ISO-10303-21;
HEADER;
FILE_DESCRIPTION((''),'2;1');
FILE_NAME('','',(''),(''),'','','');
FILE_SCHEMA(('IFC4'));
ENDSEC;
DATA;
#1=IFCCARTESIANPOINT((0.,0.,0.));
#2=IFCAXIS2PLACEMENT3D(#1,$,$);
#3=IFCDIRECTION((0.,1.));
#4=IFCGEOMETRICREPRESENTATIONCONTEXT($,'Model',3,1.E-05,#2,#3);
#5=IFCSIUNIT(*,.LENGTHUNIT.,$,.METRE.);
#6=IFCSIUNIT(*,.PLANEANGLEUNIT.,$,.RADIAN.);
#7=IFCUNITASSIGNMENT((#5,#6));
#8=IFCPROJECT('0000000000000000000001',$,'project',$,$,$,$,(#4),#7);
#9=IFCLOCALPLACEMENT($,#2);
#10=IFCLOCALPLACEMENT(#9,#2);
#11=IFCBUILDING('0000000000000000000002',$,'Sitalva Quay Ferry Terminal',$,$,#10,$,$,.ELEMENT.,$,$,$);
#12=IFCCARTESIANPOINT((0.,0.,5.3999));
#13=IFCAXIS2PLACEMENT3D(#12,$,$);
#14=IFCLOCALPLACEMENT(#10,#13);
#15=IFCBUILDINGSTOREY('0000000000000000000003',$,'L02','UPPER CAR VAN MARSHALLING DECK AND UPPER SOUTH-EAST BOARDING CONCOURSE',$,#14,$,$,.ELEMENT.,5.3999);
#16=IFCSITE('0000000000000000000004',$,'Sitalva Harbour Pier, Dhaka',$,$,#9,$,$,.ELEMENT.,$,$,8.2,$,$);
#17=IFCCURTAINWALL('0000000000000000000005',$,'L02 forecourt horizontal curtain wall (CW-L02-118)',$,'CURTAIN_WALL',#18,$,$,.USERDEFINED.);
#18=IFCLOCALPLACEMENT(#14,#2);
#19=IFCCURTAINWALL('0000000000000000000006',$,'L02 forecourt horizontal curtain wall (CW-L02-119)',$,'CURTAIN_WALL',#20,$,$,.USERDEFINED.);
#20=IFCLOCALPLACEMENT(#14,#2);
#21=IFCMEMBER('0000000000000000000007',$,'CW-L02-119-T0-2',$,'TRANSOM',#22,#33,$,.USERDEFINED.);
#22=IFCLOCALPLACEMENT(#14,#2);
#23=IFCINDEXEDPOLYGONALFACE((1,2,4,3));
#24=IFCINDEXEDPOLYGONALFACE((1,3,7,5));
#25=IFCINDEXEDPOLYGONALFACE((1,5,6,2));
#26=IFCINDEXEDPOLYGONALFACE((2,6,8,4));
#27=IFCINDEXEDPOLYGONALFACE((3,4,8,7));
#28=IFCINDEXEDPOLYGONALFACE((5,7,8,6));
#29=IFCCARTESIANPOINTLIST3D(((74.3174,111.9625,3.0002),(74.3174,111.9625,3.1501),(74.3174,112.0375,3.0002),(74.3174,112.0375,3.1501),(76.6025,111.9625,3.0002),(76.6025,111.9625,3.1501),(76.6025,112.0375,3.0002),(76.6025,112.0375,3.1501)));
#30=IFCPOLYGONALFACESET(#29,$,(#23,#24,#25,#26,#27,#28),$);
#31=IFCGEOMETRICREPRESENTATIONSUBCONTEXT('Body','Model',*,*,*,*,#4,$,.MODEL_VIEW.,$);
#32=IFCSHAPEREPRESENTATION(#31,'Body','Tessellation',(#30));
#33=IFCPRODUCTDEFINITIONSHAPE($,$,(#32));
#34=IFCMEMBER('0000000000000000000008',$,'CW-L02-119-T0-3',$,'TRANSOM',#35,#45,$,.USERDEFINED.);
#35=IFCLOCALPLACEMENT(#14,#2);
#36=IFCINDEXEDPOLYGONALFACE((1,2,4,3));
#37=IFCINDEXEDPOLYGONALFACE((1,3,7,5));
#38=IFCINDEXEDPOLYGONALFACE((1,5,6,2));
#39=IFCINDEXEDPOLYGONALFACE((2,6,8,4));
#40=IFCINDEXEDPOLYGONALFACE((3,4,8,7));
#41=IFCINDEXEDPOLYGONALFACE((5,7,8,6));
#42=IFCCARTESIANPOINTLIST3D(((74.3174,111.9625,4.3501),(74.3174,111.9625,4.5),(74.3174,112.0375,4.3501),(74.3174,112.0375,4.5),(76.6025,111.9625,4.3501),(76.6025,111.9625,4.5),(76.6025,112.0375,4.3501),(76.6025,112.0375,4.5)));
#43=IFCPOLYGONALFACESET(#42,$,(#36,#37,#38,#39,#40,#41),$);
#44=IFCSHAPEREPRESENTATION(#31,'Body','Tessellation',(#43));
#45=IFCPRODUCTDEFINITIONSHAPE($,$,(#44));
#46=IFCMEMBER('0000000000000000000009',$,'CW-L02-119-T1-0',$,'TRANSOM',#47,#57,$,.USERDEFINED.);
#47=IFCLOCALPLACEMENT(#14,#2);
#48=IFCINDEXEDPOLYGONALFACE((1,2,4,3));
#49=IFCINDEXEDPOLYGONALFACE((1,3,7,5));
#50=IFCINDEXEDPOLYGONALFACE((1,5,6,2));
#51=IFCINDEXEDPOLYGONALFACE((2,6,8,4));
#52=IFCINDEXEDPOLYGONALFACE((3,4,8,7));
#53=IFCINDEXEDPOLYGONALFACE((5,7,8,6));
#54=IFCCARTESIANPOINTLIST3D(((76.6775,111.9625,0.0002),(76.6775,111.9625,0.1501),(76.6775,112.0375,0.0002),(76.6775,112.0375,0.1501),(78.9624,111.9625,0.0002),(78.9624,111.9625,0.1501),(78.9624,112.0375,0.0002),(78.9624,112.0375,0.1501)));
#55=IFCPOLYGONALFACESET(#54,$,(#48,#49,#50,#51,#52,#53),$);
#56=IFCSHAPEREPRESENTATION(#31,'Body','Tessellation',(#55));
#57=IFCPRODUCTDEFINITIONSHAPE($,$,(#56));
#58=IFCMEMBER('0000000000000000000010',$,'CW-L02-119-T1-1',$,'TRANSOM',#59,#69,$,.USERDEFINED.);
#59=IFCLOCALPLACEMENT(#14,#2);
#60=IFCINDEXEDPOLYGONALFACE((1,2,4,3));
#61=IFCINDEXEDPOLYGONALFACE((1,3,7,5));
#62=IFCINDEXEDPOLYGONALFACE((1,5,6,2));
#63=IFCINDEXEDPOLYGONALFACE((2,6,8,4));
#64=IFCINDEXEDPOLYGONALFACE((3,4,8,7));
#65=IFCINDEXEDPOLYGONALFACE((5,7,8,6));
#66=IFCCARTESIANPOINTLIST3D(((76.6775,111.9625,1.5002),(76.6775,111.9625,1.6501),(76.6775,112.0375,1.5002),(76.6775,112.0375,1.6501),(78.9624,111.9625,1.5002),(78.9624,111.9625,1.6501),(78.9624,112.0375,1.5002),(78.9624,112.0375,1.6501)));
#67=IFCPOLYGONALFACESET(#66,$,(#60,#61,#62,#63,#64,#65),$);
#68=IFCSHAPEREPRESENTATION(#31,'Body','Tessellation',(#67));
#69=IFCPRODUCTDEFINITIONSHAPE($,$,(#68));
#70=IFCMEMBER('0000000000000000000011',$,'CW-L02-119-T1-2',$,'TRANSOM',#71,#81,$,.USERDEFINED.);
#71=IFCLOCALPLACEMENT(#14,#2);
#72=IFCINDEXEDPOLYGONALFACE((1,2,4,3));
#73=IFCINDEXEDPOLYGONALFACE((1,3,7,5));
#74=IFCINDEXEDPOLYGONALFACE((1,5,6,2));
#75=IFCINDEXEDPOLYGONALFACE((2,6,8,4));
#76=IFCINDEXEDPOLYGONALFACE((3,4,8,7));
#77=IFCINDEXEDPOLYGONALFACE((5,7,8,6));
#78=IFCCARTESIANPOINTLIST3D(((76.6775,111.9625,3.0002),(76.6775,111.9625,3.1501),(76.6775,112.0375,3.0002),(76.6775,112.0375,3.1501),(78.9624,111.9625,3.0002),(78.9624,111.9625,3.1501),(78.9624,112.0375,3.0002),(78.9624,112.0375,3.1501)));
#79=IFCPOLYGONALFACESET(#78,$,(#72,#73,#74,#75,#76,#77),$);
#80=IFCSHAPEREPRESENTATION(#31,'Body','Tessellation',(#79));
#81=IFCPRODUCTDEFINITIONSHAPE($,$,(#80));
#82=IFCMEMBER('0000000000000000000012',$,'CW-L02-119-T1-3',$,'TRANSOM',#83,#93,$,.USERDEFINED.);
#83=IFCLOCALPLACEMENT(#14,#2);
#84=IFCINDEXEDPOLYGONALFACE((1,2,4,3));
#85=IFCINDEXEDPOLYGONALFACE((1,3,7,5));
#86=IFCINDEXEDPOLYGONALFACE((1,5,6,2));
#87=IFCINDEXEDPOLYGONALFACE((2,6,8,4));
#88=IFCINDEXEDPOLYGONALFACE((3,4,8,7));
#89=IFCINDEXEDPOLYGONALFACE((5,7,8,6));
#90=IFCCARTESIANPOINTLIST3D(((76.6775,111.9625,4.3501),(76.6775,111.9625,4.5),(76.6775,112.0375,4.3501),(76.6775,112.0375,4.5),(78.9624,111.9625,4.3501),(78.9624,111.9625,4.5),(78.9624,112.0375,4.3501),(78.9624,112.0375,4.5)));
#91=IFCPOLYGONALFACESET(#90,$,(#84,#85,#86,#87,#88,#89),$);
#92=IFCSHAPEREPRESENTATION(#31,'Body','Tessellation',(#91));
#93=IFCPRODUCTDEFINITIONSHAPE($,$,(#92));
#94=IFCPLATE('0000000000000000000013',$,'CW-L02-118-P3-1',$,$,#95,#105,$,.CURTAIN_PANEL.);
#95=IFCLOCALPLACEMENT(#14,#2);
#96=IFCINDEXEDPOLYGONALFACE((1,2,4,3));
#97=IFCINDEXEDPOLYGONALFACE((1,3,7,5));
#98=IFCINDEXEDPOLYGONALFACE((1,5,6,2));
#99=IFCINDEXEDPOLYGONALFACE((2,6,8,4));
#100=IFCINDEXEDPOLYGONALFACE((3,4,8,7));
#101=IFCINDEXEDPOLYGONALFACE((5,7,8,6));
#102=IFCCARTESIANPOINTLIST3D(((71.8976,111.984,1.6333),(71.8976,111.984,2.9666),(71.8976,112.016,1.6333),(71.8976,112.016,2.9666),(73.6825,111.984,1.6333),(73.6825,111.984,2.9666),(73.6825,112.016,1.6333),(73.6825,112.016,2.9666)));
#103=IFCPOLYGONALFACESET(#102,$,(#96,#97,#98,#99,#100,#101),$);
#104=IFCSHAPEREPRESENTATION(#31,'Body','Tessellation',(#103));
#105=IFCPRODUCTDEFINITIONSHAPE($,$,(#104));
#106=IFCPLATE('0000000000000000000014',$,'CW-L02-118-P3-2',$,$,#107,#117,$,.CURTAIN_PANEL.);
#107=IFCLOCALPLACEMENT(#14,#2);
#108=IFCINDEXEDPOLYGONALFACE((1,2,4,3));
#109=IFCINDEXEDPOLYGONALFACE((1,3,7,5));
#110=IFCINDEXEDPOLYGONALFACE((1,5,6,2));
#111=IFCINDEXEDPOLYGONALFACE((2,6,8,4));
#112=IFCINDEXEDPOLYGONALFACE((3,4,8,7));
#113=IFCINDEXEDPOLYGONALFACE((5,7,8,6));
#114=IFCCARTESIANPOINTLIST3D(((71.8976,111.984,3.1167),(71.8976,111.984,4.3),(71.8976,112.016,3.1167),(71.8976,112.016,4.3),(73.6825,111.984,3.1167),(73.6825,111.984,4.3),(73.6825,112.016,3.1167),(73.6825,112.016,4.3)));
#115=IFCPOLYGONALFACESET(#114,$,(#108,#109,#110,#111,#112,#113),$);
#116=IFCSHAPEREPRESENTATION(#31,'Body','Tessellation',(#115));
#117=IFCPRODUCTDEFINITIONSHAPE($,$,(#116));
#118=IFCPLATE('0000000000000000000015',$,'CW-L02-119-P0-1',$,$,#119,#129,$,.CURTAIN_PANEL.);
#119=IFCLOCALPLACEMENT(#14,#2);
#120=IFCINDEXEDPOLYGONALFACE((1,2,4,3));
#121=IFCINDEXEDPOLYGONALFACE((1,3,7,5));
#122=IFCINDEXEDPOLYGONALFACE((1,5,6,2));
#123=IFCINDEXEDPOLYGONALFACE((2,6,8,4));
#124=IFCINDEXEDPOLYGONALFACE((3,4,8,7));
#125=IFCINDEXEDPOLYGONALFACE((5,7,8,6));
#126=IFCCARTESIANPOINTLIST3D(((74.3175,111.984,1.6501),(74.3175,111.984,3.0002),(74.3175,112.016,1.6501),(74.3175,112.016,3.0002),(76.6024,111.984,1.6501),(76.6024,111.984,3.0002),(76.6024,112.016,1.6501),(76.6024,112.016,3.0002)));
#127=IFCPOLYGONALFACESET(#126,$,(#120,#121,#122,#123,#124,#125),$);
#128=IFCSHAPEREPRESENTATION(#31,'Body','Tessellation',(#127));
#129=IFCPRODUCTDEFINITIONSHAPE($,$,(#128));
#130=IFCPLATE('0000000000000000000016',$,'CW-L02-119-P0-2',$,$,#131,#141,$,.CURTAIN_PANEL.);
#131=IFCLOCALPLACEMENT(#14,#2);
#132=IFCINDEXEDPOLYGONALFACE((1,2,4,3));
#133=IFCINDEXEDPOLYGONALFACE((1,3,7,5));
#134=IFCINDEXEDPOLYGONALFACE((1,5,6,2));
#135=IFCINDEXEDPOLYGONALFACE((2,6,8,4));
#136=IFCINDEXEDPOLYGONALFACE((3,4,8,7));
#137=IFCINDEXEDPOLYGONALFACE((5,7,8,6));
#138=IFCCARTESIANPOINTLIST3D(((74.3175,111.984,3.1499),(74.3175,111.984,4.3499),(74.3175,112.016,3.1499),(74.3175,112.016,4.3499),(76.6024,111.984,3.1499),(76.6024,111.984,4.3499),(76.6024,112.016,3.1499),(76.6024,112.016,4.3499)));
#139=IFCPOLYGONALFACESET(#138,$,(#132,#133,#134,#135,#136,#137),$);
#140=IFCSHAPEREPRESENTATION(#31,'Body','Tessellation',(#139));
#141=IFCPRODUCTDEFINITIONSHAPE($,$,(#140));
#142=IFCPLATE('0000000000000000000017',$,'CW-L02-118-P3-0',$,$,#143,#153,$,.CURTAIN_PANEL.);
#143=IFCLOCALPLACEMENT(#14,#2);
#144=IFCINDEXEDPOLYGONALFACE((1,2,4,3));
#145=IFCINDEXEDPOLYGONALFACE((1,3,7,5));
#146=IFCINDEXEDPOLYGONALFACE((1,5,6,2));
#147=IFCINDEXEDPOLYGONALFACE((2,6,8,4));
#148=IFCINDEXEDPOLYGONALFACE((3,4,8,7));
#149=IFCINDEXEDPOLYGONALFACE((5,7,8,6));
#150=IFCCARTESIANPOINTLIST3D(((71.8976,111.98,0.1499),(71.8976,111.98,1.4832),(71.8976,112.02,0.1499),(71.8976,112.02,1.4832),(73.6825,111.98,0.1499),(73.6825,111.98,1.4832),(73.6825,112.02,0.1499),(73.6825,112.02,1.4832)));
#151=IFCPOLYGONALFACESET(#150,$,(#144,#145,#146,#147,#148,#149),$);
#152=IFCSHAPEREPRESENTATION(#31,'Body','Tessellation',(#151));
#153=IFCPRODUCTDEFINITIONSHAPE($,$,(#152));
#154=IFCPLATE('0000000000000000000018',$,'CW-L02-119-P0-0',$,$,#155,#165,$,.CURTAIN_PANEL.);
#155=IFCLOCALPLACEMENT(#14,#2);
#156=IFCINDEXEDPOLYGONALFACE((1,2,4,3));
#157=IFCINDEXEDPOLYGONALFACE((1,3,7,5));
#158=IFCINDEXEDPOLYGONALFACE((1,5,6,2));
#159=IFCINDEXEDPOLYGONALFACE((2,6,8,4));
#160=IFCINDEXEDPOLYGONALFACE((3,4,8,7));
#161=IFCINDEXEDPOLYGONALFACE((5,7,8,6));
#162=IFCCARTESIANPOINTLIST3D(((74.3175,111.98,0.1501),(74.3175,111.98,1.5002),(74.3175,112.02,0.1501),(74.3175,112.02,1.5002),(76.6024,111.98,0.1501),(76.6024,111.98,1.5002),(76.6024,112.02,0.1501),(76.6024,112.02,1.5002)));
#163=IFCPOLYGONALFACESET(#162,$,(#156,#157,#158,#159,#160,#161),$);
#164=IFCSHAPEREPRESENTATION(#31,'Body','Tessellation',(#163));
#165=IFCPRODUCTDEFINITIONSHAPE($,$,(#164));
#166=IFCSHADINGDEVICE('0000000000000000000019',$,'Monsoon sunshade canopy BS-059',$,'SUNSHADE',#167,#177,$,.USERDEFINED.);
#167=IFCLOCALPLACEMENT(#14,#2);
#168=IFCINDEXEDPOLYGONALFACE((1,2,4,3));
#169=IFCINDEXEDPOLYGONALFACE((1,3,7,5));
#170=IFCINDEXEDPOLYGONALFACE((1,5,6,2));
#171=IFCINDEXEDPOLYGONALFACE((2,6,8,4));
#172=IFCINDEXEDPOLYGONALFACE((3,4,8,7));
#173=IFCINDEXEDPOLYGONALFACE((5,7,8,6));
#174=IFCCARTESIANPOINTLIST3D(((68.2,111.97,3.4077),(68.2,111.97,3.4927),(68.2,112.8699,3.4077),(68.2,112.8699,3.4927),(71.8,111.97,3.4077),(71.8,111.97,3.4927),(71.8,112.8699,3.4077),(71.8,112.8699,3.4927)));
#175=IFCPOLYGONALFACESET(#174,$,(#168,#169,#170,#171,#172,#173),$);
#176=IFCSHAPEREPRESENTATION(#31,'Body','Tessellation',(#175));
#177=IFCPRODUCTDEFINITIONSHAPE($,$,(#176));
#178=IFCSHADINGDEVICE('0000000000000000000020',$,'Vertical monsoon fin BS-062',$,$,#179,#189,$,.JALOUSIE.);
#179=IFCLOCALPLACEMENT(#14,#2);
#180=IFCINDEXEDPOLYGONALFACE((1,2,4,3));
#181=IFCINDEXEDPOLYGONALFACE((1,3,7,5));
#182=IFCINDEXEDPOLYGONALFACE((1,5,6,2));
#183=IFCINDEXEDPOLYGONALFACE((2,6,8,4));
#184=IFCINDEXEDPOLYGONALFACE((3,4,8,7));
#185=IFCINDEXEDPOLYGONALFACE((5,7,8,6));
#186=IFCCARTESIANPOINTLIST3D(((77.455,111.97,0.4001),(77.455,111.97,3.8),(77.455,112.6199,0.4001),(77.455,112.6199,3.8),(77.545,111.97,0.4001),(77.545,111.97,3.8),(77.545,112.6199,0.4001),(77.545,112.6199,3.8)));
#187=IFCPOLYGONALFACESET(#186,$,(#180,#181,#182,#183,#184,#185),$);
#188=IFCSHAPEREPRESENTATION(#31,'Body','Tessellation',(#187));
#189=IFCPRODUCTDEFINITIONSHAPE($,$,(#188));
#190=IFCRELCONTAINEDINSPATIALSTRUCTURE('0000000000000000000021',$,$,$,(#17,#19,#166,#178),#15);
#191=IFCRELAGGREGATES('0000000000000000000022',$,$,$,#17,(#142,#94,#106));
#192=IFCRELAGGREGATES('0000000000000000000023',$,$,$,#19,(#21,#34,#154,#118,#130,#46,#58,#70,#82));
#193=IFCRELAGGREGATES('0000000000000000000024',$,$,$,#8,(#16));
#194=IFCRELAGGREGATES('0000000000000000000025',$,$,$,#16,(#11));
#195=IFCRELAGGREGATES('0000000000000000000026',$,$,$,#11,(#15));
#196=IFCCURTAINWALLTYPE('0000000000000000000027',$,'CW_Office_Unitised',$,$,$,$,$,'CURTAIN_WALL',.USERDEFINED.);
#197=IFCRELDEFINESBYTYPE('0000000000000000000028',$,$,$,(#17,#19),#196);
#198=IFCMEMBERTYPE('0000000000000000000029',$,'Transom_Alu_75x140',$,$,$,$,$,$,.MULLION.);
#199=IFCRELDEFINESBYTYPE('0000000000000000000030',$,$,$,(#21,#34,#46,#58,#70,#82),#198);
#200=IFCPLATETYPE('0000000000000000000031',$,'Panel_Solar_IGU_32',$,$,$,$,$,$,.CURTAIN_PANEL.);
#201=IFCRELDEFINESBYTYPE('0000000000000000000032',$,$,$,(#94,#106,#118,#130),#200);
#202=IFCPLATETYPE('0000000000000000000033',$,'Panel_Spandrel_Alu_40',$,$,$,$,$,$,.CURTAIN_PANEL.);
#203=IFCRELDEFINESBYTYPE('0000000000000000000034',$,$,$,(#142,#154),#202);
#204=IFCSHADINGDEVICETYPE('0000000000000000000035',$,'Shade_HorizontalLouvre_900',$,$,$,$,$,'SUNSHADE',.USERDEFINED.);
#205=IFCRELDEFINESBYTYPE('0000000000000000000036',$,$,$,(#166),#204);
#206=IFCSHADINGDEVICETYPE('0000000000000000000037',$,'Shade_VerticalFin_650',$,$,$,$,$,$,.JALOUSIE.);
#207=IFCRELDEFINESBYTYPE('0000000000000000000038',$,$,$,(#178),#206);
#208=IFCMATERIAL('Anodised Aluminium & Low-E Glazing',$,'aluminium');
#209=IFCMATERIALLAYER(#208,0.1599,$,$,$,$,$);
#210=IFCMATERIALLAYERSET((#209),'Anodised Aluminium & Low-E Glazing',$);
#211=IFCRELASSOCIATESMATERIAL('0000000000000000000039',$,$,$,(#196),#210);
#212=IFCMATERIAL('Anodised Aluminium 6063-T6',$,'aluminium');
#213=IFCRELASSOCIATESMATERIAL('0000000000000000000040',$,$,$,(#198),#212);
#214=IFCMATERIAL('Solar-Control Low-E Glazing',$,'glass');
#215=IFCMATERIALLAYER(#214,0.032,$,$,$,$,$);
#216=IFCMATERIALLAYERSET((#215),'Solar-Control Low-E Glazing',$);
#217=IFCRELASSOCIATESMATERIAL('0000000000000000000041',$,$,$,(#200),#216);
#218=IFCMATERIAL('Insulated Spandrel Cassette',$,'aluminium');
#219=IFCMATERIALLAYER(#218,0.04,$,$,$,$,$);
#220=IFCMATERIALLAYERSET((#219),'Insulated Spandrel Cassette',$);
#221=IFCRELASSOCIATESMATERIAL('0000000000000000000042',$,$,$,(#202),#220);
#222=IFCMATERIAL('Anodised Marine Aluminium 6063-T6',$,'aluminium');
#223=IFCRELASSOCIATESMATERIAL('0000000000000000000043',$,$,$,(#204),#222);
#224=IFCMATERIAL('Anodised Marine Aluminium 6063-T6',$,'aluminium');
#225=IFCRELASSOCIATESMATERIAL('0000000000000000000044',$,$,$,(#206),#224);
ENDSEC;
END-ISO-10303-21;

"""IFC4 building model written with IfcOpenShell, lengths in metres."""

from ifc_helpers import new_model, si_unit, direction, frame, origin, origin_2d, place, context, subcontext, project, spatial, rectangle, extrude, material, layer, layer_set, material_profile, profile_set, type_object, element, aggregate, save


model = new_model("IFC4")

# Units and contexts
model_context = context("Model", 3, precision=1e-05, world=origin(), true_north=direction((0.0, 1.0)))
body_context = subcontext(model_context, "Body", "Model", "MODEL_VIEW")
ifc_project = project(units=[si_unit("LENGTHUNIT", "METRE"), si_unit("PLANEANGLEUNIT", "RADIAN")], contexts=[model_context])

# Site, building, storey
site_placement = place(None, origin())
site = spatial("IfcSite", under=ifc_project, at=site_placement, Name="Sitalva Harbour Pier, Dhaka", CompositionType="ELEMENT", RefElevation=8.2)
building_placement = place(site_placement, origin())
building = spatial("IfcBuilding", under=site, at=building_placement, Name="Sitalva Quay Ferry Terminal", CompositionType="ELEMENT")
storey_placement = place(building_placement, frame((0.0, 0.0, 5.3999)))
storey = spatial("IfcBuildingStorey", under=building, at=storey_placement, Name="L02", Description="UPPER CAR VAN MARSHALLING DECK AND UPPER SOUTH-EAST BOARDING CONCOURSE", CompositionType="ELEMENT", Elevation=5.3999)

# Curtain wall
ifc_material_1 = material(Name="Anodised Aluminium & Low-E Glazing", Category="aluminium")
ifc_layer_1 = layer(ifc_material_1, 0.1599)
ifc_layer_set_1 = layer_set([ifc_layer_1], Name="Anodised Aluminium & Low-E Glazing")
curtain_wall_type = type_object("IfcCurtainWallType", Name="CW_Office_Unitised", ElementType="CURTAIN_WALL", PredefinedType="USERDEFINED", material=ifc_layer_set_1)
curtain_wall_1_placement = place(storey_placement, origin())
curtain_wall_1 = element("IfcCurtainWall", 1, at=curtain_wall_1_placement, inside=storey, type_object=curtain_wall_type, Name="L02 forecourt horizontal curtain wall (CW-L02-118)", ObjectType="CURTAIN_WALL", PredefinedType="USERDEFINED")

# Curtain wall
curtain_wall_2_placement = place(storey_placement, origin())
curtain_wall_2 = element("IfcCurtainWall", 2, at=curtain_wall_2_placement, inside=storey, type_object=curtain_wall_type, Name="L02 forecourt horizontal curtain wall (CW-L02-119)", ObjectType="CURTAIN_WALL", PredefinedType="USERDEFINED")

# Members
ifc_material_2 = material(Name="Anodised Aluminium 6063-T6", Category="aluminium")
ifc_material_profile_1 = material_profile(ifc_material_2, rectangle(XDim=0.075, YDim=0.1499, at=origin_2d()), Name="ALU75x150")
ifc_profile_set_1 = profile_set([ifc_material_profile_1], Name="Anodised Aluminium 6063-T6")
member_type_1 = type_object("IfcMemberType", Name="Transom_Alu_75x140", PredefinedType="MULLION", material=ifc_profile_set_1)
member_1_placement = place(storey_placement, frame((74.3174, 112.0, 3.0752), z_axis=(1.0, 0.0, 0.0), x_axis=(0.0, 1.0, 0.0)))
member_1 = element("IfcMember", 3, at=member_1_placement, type_object=member_type_1, Name="CW-L02-119-T0-2", ObjectType="TRANSOM", PredefinedType="USERDEFINED", context=body_context, shape_type="SweptSolid", body=[
    extrude(rectangle(XDim=0.075, YDim=0.1499, at=origin_2d()), origin(), (0.0, 0.0, 1.0), 2.2852),
])
member_2_placement = place(storey_placement, frame((74.3174, 112.0, 4.425), z_axis=(1.0, 0.0, 0.0), x_axis=(0.0, 1.0, 0.0)))
member_2 = element("IfcMember", 4, at=member_2_placement, type_object=member_type_1, Name="CW-L02-119-T0-3", ObjectType="TRANSOM", PredefinedType="USERDEFINED", context=body_context, shape_type="SweptSolid", body=[
    extrude(rectangle(XDim=0.075, YDim=0.1499, at=origin_2d()), origin(), (0.0, 0.0, 1.0), 2.2852),
])
member_3_placement = place(storey_placement, frame((76.6775, 112.0, 0.0752), z_axis=(1.0, 0.0, 0.0), x_axis=(0.0, 1.0, 0.0)))
member_3 = element("IfcMember", 5, at=member_3_placement, type_object=member_type_1, Name="CW-L02-119-T1-0", ObjectType="TRANSOM", PredefinedType="USERDEFINED", context=body_context, shape_type="SweptSolid", body=[
    extrude(rectangle(XDim=0.075, YDim=0.1499, at=origin_2d()), origin(), (0.0, 0.0, 1.0), 2.2849),
])
member_4_placement = place(storey_placement, frame((76.6775, 112.0, 1.5752), z_axis=(1.0, 0.0, 0.0), x_axis=(0.0, 1.0, 0.0)))
member_4 = element("IfcMember", 6, at=member_4_placement, type_object=member_type_1, Name="CW-L02-119-T1-1", ObjectType="TRANSOM", PredefinedType="USERDEFINED", context=body_context, shape_type="SweptSolid", body=[
    extrude(rectangle(XDim=0.075, YDim=0.1499, at=origin_2d()), origin(), (0.0, 0.0, 1.0), 2.2849),
])
member_5_placement = place(storey_placement, frame((76.6775, 112.0, 3.0752), z_axis=(1.0, 0.0, 0.0), x_axis=(0.0, 1.0, 0.0)))
member_5 = element("IfcMember", 7, at=member_5_placement, type_object=member_type_1, Name="CW-L02-119-T1-2", ObjectType="TRANSOM", PredefinedType="USERDEFINED", context=body_context, shape_type="SweptSolid", body=[
    extrude(rectangle(XDim=0.075, YDim=0.1499, at=origin_2d()), origin(), (0.0, 0.0, 1.0), 2.2849),
])
member_6_placement = place(storey_placement, frame((76.6775, 112.0, 4.425), z_axis=(1.0, 0.0, 0.0), x_axis=(0.0, 1.0, 0.0)))
member_6 = element("IfcMember", 8, at=member_6_placement, type_object=member_type_1, Name="CW-L02-119-T1-3", ObjectType="TRANSOM", PredefinedType="USERDEFINED", context=body_context, shape_type="SweptSolid", body=[
    extrude(rectangle(XDim=0.075, YDim=0.1499, at=origin_2d()), origin(), (0.0, 0.0, 1.0), 2.2849),
])

# Plates
ifc_material_3 = material(Name="Solar-Control Low-E Glazing", Category="glass")
ifc_layer_2 = layer(ifc_material_3, 0.032)
ifc_layer_set_2 = layer_set([ifc_layer_2], Name="Solar-Control Low-E Glazing")
plate_type_1 = type_object("IfcPlateType", Name="Panel_Solar_IGU_32", PredefinedType="CURTAIN_PANEL", material=ifc_layer_set_2)
plate_1_placement = place(storey_placement, frame((72.79, 112.0, 1.6333), z_axis=(0.0, 0.0, 1.0), x_axis=(1.0, 0.0, 0.0)))
plate_1 = element("IfcPlate", 9, at=plate_1_placement, type_object=plate_type_1, Name="CW-L02-118-P3-1", PredefinedType="CURTAIN_PANEL", context=body_context, shape_type="SweptSolid", body=[
    extrude(rectangle(XDim=1.7849, YDim=0.032, at=origin_2d()), origin(), (0.0, 0.0, 1.0), 1.3333),
])
plate_2_placement = place(storey_placement, frame((72.79, 112.0, 3.1167), z_axis=(0.0, 0.0, 1.0), x_axis=(1.0, 0.0, 0.0)))
plate_2 = element("IfcPlate", 10, at=plate_2_placement, type_object=plate_type_1, Name="CW-L02-118-P3-2", PredefinedType="CURTAIN_PANEL", context=body_context, shape_type="SweptSolid", body=[
    extrude(rectangle(XDim=1.7849, YDim=0.032, at=origin_2d()), origin(), (0.0, 0.0, 1.0), 1.1833),
])
plate_3_placement = place(storey_placement, frame((75.46, 112.0, 1.6501), z_axis=(0.0, 0.0, 1.0), x_axis=(1.0, 0.0, 0.0)))
plate_3 = element("IfcPlate", 11, at=plate_3_placement, type_object=plate_type_1, Name="CW-L02-119-P0-1", PredefinedType="CURTAIN_PANEL", context=body_context, shape_type="SweptSolid", body=[
    extrude(rectangle(XDim=2.2849, YDim=0.032, at=origin_2d()), origin(), (0.0, 0.0, 1.0), 1.3501),
])
plate_4_placement = place(storey_placement, frame((75.46, 112.0, 3.1499), z_axis=(0.0, 0.0, 1.0), x_axis=(1.0, 0.0, 0.0)))
plate_4 = element("IfcPlate", 12, at=plate_4_placement, type_object=plate_type_1, Name="CW-L02-119-P0-2", PredefinedType="CURTAIN_PANEL", context=body_context, shape_type="SweptSolid", body=[
    extrude(rectangle(XDim=2.2849, YDim=0.032, at=origin_2d()), origin(), (0.0, 0.0, 1.0), 1.2),
])
ifc_material_4 = material(Name="Insulated Spandrel Cassette", Category="aluminium")
ifc_layer_3 = layer(ifc_material_4, 0.04)
ifc_layer_set_3 = layer_set([ifc_layer_3], Name="Insulated Spandrel Cassette")
plate_type_2 = type_object("IfcPlateType", Name="Panel_Spandrel_Alu_40", PredefinedType="CURTAIN_PANEL", material=ifc_layer_set_3)
plate_5_placement = place(storey_placement, frame((72.79, 112.0, 0.1499), z_axis=(0.0, 0.0, 1.0), x_axis=(1.0, 0.0, 0.0)))
plate_5 = element("IfcPlate", 13, at=plate_5_placement, type_object=plate_type_2, Name="CW-L02-118-P3-0", PredefinedType="CURTAIN_PANEL", context=body_context, shape_type="SweptSolid", body=[
    extrude(rectangle(XDim=1.7849, YDim=0.04, at=origin_2d()), origin(), (0.0, 0.0, 1.0), 1.3333),
])
aggregate(curtain_wall_1, [plate_5, plate_1, plate_2])
plate_6_placement = place(storey_placement, frame((75.46, 112.0, 0.1501), z_axis=(0.0, 0.0, 1.0), x_axis=(1.0, 0.0, 0.0)))
plate_6 = element("IfcPlate", 14, at=plate_6_placement, type_object=plate_type_2, Name="CW-L02-119-P0-0", PredefinedType="CURTAIN_PANEL", context=body_context, shape_type="SweptSolid", body=[
    extrude(rectangle(XDim=2.2849, YDim=0.04, at=origin_2d()), origin(), (0.0, 0.0, 1.0), 1.3501),
])
aggregate(curtain_wall_2, [member_1, member_2, plate_6, plate_3, plate_4, member_3, member_4, member_5, member_6])

# Shading devices
ifc_material_5 = material(Name="Anodised Marine Aluminium 6063-T6", Category="aluminium")
shading_device_type_1 = type_object("IfcShadingDeviceType", Name="Shade_HorizontalLouvre_900", ElementType="SUNSHADE", PredefinedType="USERDEFINED", material=ifc_material_5)
shading_device_1_placement = place(storey_placement, frame((70.0, 112.4199, 3.4077), z_axis=(0.0, 0.0, 1.0), x_axis=(1.0, 0.0, 0.0)))
element("IfcShadingDevice", 15, at=shading_device_1_placement, inside=storey, type_object=shading_device_type_1, Name="Monsoon sunshade canopy BS-059", ObjectType="SUNSHADE", PredefinedType="USERDEFINED", context=body_context, shape_type="SweptSolid", body=[
    extrude(rectangle(XDim=3.6001, YDim=0.8999, at=origin_2d()), origin(), (0.0, 0.0, 1.0), 0.085),
])
ifc_material_6 = material(Name="Anodised Marine Aluminium 6063-T6", Category="aluminium")
shading_device_type_2 = type_object("IfcShadingDeviceType", Name="Shade_VerticalFin_650", PredefinedType="JALOUSIE", material=ifc_material_6)
shading_device_2_placement = place(storey_placement, frame((77.5, 112.2949, 0.4001), z_axis=(0.0, 0.0, 1.0), x_axis=(1.0, 0.0, 0.0)))
element("IfcShadingDevice", 16, at=shading_device_2_placement, inside=storey, type_object=shading_device_type_2, Name="Vertical monsoon fin BS-062", PredefinedType="JALOUSIE", context=body_context, shape_type="SweptSolid", body=[
    extrude(rectangle(XDim=0.0901, YDim=0.6499, at=origin_2d()), origin(), (0.0, 0.0, 1.0), 3.3999),
])

save(model, "model.ifc")
